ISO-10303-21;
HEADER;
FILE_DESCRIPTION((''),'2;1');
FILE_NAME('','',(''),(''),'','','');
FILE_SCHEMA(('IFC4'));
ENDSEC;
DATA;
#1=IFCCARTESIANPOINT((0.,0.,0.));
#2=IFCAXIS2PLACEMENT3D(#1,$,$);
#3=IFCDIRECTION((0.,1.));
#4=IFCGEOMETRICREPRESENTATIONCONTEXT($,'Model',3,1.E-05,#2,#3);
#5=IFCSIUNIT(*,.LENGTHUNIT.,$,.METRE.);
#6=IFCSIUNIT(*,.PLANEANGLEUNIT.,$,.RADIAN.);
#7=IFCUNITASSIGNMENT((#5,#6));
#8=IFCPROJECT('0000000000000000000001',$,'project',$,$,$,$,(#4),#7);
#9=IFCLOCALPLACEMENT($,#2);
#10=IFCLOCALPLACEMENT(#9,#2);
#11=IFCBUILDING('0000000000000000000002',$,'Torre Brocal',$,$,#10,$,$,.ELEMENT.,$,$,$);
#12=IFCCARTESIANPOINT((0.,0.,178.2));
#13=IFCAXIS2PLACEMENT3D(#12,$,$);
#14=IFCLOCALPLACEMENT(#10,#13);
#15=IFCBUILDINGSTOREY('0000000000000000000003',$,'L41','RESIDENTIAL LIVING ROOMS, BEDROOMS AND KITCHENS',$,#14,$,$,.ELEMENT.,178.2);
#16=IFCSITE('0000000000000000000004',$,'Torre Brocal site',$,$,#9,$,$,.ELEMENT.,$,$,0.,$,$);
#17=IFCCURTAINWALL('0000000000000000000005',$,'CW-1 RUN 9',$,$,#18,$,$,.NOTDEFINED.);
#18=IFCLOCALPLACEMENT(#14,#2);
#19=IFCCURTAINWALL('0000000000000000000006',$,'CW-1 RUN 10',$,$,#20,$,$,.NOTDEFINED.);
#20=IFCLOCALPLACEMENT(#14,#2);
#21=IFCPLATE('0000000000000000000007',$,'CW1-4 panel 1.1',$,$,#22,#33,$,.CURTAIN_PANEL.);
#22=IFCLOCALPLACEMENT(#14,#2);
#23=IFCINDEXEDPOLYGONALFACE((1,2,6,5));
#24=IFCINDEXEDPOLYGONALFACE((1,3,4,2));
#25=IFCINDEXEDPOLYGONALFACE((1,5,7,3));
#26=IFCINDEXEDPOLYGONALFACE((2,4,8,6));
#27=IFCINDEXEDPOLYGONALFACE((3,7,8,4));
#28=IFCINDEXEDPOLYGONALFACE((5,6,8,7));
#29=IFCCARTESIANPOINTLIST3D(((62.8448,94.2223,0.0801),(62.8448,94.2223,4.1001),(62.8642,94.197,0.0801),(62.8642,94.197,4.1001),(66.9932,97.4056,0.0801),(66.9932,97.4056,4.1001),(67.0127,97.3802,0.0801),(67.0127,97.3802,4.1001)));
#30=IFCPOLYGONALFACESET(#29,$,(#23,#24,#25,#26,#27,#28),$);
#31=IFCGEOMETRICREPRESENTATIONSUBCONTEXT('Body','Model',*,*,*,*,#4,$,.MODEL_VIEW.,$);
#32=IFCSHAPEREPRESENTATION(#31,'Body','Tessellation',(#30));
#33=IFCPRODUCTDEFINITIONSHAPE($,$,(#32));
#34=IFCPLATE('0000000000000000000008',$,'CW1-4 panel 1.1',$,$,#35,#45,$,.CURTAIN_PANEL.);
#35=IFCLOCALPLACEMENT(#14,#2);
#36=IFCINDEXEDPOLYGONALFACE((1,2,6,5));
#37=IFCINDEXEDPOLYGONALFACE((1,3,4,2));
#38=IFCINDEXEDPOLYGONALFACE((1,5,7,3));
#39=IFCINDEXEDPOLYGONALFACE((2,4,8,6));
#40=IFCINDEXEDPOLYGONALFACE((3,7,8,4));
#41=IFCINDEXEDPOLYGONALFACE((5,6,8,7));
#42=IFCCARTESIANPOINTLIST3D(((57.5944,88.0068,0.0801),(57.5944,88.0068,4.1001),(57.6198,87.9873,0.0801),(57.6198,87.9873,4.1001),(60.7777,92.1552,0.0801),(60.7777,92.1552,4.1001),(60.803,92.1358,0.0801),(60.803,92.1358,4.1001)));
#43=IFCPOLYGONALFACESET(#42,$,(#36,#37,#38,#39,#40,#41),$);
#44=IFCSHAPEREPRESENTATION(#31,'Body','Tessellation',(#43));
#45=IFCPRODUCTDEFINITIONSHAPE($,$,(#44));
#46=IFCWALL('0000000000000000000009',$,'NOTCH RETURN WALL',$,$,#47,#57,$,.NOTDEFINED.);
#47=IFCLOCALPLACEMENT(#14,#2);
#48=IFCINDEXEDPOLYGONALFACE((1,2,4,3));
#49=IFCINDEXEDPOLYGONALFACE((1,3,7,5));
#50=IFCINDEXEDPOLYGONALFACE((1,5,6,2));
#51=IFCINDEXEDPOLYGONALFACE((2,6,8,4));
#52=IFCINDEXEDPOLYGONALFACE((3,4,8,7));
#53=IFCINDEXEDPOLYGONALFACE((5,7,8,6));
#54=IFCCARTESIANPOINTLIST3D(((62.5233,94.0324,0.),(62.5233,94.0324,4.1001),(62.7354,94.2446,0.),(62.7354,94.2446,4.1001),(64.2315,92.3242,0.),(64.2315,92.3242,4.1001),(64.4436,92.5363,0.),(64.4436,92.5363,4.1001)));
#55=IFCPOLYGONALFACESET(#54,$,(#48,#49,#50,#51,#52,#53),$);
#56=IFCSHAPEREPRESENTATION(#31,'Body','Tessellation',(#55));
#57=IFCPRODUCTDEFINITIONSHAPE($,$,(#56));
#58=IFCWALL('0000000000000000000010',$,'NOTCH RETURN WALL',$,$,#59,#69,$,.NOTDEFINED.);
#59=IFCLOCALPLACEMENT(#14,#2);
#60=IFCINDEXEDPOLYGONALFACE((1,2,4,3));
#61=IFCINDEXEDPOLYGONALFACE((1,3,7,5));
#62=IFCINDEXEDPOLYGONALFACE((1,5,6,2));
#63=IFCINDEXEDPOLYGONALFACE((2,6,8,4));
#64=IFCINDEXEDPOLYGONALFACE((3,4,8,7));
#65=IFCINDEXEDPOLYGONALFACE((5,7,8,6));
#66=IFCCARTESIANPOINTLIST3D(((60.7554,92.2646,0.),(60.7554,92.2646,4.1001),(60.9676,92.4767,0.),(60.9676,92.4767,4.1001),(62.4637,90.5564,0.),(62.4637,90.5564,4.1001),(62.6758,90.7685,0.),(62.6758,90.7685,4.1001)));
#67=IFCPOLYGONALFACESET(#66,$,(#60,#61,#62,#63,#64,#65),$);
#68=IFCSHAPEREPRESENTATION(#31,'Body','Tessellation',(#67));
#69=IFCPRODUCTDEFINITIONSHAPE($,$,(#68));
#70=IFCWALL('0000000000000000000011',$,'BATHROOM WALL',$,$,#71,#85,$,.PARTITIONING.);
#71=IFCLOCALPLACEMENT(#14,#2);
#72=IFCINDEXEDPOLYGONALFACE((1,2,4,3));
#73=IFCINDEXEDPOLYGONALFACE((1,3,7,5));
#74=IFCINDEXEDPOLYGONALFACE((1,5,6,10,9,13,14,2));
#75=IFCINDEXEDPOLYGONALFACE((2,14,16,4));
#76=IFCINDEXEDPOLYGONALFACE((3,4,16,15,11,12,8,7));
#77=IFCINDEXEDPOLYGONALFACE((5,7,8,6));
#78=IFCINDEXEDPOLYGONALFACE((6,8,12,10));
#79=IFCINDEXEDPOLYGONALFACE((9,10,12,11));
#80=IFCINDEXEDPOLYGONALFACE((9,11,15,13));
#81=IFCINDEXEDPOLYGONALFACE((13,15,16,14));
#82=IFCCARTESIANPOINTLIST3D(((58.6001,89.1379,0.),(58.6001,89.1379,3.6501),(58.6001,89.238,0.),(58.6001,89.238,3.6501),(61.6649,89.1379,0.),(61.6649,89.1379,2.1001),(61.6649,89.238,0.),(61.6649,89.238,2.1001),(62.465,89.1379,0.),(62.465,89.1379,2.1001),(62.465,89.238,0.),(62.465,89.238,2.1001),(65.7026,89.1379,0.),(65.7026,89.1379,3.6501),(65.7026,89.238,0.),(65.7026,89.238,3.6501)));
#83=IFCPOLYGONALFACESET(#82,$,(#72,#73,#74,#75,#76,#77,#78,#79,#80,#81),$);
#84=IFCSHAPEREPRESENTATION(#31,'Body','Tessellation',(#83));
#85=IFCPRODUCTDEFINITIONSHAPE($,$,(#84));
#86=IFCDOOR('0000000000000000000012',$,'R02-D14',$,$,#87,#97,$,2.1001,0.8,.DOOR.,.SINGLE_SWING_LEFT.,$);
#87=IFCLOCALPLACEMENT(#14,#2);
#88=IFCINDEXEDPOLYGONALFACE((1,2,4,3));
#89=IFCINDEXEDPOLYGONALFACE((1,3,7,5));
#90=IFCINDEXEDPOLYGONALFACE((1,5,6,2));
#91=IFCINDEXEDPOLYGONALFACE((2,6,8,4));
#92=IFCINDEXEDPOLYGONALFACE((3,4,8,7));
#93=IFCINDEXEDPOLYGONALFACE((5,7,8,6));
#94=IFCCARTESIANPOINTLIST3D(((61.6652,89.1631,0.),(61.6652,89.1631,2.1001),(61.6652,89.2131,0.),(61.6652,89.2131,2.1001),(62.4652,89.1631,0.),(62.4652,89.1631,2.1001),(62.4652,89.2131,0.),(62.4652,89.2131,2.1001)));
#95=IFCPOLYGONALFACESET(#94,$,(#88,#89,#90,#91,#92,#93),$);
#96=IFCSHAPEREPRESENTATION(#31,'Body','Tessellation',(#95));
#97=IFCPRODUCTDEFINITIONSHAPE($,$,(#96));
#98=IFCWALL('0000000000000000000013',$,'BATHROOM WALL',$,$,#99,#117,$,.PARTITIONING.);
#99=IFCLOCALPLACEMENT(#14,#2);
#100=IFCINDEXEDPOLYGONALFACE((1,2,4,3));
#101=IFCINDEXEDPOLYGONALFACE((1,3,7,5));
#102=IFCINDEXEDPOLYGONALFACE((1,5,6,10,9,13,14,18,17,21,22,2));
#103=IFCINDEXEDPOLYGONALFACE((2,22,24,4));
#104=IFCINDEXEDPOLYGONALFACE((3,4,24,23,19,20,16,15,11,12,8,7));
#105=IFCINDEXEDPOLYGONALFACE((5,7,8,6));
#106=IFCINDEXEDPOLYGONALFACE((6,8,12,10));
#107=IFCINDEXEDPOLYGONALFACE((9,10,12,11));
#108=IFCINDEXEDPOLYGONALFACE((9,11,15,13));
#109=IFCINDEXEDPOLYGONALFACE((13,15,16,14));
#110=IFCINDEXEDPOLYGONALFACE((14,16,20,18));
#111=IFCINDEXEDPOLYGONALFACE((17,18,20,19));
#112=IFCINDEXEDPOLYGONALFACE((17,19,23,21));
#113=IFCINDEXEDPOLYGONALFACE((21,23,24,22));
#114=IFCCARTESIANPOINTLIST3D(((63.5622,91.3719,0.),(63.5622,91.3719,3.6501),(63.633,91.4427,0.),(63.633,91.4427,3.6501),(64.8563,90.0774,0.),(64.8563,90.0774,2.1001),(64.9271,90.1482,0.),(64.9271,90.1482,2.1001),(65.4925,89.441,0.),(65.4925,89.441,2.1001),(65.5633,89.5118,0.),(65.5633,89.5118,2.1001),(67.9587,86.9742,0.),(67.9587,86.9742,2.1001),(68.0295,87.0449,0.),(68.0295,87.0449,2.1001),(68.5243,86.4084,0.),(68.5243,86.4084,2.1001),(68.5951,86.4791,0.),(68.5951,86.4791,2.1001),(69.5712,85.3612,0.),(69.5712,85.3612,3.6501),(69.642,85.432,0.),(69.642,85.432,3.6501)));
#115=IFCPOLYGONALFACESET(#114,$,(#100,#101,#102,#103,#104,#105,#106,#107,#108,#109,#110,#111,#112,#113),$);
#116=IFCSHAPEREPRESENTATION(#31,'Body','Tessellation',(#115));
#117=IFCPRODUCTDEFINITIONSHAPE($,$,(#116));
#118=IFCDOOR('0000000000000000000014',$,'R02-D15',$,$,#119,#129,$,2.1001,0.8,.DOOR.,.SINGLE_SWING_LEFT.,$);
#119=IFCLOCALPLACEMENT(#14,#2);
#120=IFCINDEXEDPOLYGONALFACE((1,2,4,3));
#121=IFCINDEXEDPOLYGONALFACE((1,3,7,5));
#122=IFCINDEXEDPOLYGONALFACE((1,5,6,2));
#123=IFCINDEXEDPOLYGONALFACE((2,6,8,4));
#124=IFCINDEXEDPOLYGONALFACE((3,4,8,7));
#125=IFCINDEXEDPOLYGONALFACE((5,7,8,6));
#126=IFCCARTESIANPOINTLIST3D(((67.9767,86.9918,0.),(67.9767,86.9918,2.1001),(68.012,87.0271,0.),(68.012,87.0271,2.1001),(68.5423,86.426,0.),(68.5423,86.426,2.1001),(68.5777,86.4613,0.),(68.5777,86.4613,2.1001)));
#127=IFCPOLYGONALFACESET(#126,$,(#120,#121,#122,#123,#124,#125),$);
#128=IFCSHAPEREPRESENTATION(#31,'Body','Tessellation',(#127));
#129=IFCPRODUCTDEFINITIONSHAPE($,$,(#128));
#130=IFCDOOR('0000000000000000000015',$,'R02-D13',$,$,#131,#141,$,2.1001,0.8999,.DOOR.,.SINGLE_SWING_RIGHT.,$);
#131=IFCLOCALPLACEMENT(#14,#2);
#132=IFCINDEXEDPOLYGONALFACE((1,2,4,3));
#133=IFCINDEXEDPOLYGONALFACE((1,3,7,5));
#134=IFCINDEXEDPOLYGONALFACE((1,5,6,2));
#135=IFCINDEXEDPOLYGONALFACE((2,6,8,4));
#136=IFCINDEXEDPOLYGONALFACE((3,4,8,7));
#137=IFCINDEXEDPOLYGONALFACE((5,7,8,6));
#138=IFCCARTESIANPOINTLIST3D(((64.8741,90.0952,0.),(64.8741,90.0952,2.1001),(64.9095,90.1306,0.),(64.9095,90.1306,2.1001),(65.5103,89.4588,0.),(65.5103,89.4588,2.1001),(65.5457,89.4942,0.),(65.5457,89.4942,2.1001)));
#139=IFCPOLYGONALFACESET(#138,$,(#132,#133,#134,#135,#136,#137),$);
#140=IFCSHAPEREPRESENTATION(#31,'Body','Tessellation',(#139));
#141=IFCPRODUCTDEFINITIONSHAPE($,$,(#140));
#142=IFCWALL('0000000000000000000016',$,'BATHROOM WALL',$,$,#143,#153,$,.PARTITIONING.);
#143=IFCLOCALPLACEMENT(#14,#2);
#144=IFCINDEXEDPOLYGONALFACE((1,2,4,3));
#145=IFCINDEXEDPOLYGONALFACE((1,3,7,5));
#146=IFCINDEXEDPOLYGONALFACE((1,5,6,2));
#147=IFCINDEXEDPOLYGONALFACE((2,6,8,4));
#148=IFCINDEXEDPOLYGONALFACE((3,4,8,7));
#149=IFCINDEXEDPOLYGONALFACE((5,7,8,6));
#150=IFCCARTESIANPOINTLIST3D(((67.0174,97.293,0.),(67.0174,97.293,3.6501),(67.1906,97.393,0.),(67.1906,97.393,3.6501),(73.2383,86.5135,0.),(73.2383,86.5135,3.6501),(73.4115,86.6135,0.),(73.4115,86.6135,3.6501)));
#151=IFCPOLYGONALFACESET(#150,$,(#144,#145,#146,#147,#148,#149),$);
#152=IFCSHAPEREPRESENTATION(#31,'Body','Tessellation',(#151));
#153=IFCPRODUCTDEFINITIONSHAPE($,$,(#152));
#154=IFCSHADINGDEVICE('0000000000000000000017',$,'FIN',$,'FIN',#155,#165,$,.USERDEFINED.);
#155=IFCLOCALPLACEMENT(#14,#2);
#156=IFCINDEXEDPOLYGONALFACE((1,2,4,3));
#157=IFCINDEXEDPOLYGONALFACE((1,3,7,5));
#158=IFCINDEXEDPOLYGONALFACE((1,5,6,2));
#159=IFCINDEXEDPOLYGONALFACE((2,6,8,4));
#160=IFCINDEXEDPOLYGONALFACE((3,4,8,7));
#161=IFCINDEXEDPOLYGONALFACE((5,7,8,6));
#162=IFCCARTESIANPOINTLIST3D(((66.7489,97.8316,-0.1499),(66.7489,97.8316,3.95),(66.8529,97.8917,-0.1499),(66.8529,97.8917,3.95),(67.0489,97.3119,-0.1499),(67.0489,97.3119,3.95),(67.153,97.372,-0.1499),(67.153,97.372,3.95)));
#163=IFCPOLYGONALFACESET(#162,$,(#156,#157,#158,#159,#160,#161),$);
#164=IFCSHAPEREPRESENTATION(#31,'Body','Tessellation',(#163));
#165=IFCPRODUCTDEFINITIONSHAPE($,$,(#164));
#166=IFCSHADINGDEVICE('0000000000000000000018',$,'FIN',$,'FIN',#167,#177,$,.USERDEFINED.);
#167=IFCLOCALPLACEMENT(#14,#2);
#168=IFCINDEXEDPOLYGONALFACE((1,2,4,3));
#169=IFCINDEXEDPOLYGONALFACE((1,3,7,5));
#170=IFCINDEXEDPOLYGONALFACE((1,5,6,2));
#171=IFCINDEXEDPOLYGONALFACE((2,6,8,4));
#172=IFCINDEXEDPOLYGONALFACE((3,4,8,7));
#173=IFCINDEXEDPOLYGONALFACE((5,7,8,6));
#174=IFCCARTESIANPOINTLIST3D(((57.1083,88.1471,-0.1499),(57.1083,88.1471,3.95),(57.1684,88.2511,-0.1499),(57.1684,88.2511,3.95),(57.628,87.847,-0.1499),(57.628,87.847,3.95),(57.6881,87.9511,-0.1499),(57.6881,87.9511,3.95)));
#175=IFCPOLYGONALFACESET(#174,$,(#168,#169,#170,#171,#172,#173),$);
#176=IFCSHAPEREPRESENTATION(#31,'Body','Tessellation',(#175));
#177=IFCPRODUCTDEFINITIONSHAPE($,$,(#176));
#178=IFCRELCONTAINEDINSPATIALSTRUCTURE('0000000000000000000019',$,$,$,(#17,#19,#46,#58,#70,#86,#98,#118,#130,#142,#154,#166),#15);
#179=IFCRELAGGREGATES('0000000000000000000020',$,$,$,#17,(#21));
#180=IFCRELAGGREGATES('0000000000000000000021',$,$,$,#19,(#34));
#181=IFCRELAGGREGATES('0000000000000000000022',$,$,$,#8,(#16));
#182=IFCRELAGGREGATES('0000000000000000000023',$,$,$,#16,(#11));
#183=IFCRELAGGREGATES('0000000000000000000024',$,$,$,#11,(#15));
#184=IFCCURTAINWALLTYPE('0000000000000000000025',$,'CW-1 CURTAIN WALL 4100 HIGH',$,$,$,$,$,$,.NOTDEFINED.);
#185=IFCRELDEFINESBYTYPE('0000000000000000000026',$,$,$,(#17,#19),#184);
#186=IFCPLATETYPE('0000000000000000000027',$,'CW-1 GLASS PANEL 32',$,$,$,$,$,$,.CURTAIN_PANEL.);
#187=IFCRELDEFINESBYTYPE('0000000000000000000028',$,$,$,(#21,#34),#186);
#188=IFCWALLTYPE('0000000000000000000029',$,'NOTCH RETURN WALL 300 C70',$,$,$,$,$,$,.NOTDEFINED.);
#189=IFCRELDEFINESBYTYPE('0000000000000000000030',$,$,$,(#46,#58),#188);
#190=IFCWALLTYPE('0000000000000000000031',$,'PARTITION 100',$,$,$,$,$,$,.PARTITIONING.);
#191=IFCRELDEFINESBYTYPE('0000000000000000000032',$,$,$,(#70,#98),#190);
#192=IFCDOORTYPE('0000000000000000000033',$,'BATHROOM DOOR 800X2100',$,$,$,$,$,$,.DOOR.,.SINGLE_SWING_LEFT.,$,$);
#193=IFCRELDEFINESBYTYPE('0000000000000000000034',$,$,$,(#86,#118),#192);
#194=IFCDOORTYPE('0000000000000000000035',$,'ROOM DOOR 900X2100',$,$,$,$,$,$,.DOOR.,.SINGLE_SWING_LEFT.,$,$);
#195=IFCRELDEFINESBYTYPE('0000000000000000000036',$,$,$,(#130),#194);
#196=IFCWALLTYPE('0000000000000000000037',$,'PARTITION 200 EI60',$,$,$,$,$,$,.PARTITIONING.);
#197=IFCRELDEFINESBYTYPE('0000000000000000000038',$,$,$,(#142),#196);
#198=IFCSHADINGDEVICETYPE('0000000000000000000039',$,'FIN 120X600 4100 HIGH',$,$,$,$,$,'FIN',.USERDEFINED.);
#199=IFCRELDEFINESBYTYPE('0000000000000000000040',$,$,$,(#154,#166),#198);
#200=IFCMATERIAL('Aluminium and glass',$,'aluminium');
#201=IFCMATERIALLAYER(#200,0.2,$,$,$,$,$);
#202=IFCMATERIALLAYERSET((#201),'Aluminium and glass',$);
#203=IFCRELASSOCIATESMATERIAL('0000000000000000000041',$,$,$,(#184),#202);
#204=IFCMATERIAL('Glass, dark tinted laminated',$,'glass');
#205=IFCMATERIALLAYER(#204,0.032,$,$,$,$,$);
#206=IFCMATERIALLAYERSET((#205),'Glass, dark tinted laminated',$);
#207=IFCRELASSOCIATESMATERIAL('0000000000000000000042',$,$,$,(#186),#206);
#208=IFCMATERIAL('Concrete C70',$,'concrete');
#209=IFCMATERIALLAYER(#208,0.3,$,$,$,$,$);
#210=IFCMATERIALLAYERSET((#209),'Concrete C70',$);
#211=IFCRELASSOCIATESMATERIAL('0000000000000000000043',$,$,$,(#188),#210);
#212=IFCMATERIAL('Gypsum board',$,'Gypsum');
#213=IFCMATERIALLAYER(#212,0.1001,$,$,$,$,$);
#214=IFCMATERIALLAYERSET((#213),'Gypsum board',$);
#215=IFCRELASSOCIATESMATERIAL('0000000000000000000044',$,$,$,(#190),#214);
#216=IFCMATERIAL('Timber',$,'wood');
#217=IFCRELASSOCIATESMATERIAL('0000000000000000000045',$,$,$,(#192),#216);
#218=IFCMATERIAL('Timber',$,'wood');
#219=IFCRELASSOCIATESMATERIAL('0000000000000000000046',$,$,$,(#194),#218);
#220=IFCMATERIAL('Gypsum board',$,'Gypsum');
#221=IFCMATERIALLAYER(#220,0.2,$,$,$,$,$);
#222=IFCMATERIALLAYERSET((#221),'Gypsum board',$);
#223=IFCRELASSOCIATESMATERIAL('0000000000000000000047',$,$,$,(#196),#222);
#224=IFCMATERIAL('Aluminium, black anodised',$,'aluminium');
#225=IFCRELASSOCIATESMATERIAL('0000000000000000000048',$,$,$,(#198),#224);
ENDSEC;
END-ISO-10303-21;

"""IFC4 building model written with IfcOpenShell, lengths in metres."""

from ifc_helpers import new_model, si_unit, direction, frame, frame_2d, origin, origin_2d, place, context, subcontext, project, spatial, rectangle, extrude, material, layer, layer_set, material_profile, profile_set, type_object, element, fill, aggregate, save


model = new_model("IFC4")

# Units and contexts
model_context = context("Model", 3, precision=1e-05, world=origin(), true_north=direction((0.0, 1.0)))
body_context = subcontext(model_context, "Body", "Model", "MODEL_VIEW")
ifc_project = project(units=[si_unit("LENGTHUNIT", "METRE"), si_unit("PLANEANGLEUNIT", "RADIAN")], contexts=[model_context])

# Site, building, storey
site_placement = place(None, origin())
site = spatial("IfcSite", under=ifc_project, at=site_placement, Name="Torre Brocal site", CompositionType="ELEMENT", RefElevation=0.0)
building_placement = place(site_placement, origin())
building = spatial("IfcBuilding", under=site, at=building_placement, Name="Torre Brocal", CompositionType="ELEMENT")
storey_placement = place(building_placement, frame((0.0, 0.0, 178.2)))
storey = spatial("IfcBuildingStorey", under=building, at=storey_placement, Name="L41", Description="RESIDENTIAL LIVING ROOMS, BEDROOMS AND KITCHENS", CompositionType="ELEMENT", Elevation=178.2)

# Shared definitions
ifc_material_1 = material(Name="Aluminium and glass", Category="aluminium")
ifc_layer_1 = layer(ifc_material_1, 0.2)
ifc_layer_set_1 = layer_set([ifc_layer_1], Name="Aluminium and glass")
curtain_wall_type = type_object("IfcCurtainWallType", Name="CW-1 CURTAIN WALL 4100 HIGH", PredefinedType="NOTDEFINED", material=ifc_layer_set_1)

# Curtain walls
curtain_wall_1_placement = place(storey_placement, origin())
curtain_wall_1 = element("IfcCurtainWall", 1, at=curtain_wall_1_placement, inside=storey, type_object=curtain_wall_type, Name="CW-1 RUN 9", PredefinedType="NOTDEFINED")
curtain_wall_2_placement = place(storey_placement, origin())
curtain_wall_2 = element("IfcCurtainWall", 2, at=curtain_wall_2_placement, inside=storey, type_object=curtain_wall_type, Name="CW-1 RUN 10", PredefinedType="NOTDEFINED")

# Plates
ifc_material_2 = material(Name="Glass, dark tinted laminated", Category="glass")
ifc_layer_2 = layer(ifc_material_2, 0.032)
ifc_layer_set_2 = layer_set([ifc_layer_2], Name="Glass, dark tinted laminated")
plate_type = type_object("IfcPlateType", Name="CW-1 GLASS PANEL 32", PredefinedType="CURTAIN_PANEL", material=ifc_layer_set_2)
plate_1_placement = place(storey_placement, frame((64.9287, 95.8013, 0.0801), z_axis=(0.0, 0.0, 1.0), x_axis=(-0.793353, -0.608761, 0.0)))
plate_1 = element("IfcPlate", 3, at=plate_1_placement, type_object=plate_type, Name="CW1-4 panel 1.1", PredefinedType="CURTAIN_PANEL", context=body_context, shape_type="SweptSolid", body=[
    extrude(rectangle(XDim=5.229, YDim=0.032, at=origin_2d()), origin(), (0.0, 0.0, 1.0), 4.02),
])
aggregate(curtain_wall_1, [plate_1])
plate_2_placement = place(storey_placement, frame((59.1987, 90.0713, 0.0801), z_axis=(0.0, 0.0, 1.0), x_axis=(-0.608761, -0.793353, 0.0)))
plate_2 = element("IfcPlate", 4, at=plate_2_placement, type_object=plate_type, Name="CW1-4 panel 1.1", PredefinedType="CURTAIN_PANEL", context=body_context, shape_type="SweptSolid", body=[
    extrude(rectangle(XDim=5.229, YDim=0.032, at=origin_2d()), origin(), (0.0, 0.0, 1.0), 4.02),
])
aggregate(curtain_wall_2, [plate_2])

# Walls
ifc_material_3 = material(Name="Concrete C70", Category="concrete")
ifc_layer_3 = layer(ifc_material_3, 0.3)
ifc_layer_set_3 = layer_set([ifc_layer_3], Name="Concrete C70")
wall_type_1 = type_object("IfcWallType", Name="NOTCH RETURN WALL 300 C70", PredefinedType="NOTDEFINED", material=ifc_layer_set_3)
for number, where, z_axis, x_axis, name in (
    (5, (64.3376, 92.4302, 0.0), (0.0, 0.0, 1.0), (-0.707107, 0.707107, 0.0), "NOTCH RETURN WALL"),
    (6, (62.5698, 90.6624, 0.0), (0.0, 0.0, 1.0), (-0.707107, 0.707107, 0.0), "NOTCH RETURN WALL"),
):
    element("IfcWall", number, at=place(storey_placement, frame(where, z_axis=z_axis, x_axis=x_axis)), inside=storey, type_object=wall_type_1, Name=name, PredefinedType="NOTDEFINED", context=body_context, shape_type="SweptSolid", body=[
        extrude(rectangle(XDim=2.4158, YDim=0.3, at=frame_2d((1.208, 0.0))), origin(), (0.0, 0.0, 1.0), 4.1001),
    ])

# Wall, opening, door
ifc_material_4 = material(Name="Gypsum board", Category="Gypsum")
ifc_layer_4 = layer(ifc_material_4, 0.1001)
ifc_layer_set_4 = layer_set([ifc_layer_4], Name="Gypsum board")
wall_type_2 = type_object("IfcWallType", Name="PARTITION 100", PredefinedType="PARTITIONING", material=ifc_layer_set_4)
wall_1_placement = place(storey_placement, frame((58.6001, 89.188, 0.0), z_axis=(0.0, 0.0, 1.0), x_axis=(1.0, 0.0, 0.0)))
wall_1 = element("IfcWall", 7, at=wall_1_placement, inside=storey, type_object=wall_type_2, Name="BATHROOM WALL", PredefinedType="PARTITIONING", context=body_context, shape_type="SweptSolid", body=[
    extrude(rectangle(XDim=7.1025, YDim=0.1001, at=frame_2d((3.5513, 0.0))), origin(), (0.0, 0.0, 1.0), 3.6501),
])
opening_1_placement = place(wall_1_placement, frame((3.0649, 0.0, 0.0)))
opening_1 = element("IfcOpeningElement", 8, at=opening_1_placement, cuts=wall_1, PredefinedType="OPENING", context=body_context, shape_type="SweptSolid", body=[
    extrude(rectangle(XDim=0.8, YDim=2.1001, at=frame_2d((0.3999, 1.05))), frame((0.0, 0.0601, 0.0), z_axis=(0.0, -1.0, 0.0), x_axis=(1.0, 0.0, 0.0)), (0.0, 0.0, 1.0), 0.1201),
])
ifc_material_5 = material(Name="Timber", Category="wood")
door_type_1 = type_object("IfcDoorType", Name="BATHROOM DOOR 800X2100", OperationType="SINGLE_SWING_LEFT", PredefinedType="DOOR", material=ifc_material_5)
door_1_placement = place(opening_1_placement, frame((0.8, 0.0, 0.0), z_axis=(0.0, 0.0, 1.0), x_axis=(-1.0, 0.0, 0.0)))
door_1 = element("IfcDoor", 9, at=door_1_placement, inside=storey, type_object=door_type_1, Name="R02-D14", OperationType="SINGLE_SWING_LEFT", OverallHeight=2.1001, OverallWidth=0.8, PredefinedType="DOOR", context=body_context, shape_type="SweptSolid", body=[
    extrude(rectangle(XDim=0.8, YDim=2.1001, at=frame_2d((0.3999, 1.05))), frame((0.0, 0.0249, 0.0), z_axis=(0.0, -1.0, 0.0), x_axis=(1.0, 0.0, 0.0)), (0.0, 0.0, 1.0), 0.05),
])
fill(opening_1, door_1)

# Wall, openings, doors
wall_2_placement = place(storey_placement, frame((63.5977, 91.4072, 0.0), z_axis=(0.0, 0.0, 1.0), x_axis=(0.707006, -0.707207, 0.0)))
wall_2 = element("IfcWall", 10, at=wall_2_placement, inside=storey, type_object=wall_type_2, Name="BATHROOM WALL", PredefinedType="PARTITIONING", context=body_context, shape_type="SweptSolid", body=[
    extrude(rectangle(XDim=8.4993, YDim=0.1001, at=frame_2d((4.2495, 0.0))), origin(), (0.0, 0.0, 1.0), 3.6501),
])
opening_2_placement = place(wall_2_placement, frame((1.8303, 0.0, 0.0)))
opening_2 = element("IfcOpeningElement", 11, at=opening_2_placement, cuts=wall_2, PredefinedType="OPENING", context=body_context, shape_type="SweptSolid", body=[
    extrude(rectangle(XDim=0.8999, YDim=2.1001, at=frame_2d((0.45, 1.05))), frame((0.0, 0.0601, 0.0), z_axis=(0.0, -1.0, 0.0), x_axis=(1.0, 0.0, 0.0)), (0.0, 0.0, 1.0), 0.1201),
])
opening_3_placement = place(wall_2_placement, frame((6.2185, 0.0, 0.0)))
opening_3 = element("IfcOpeningElement", 12, at=opening_3_placement, cuts=wall_2, PredefinedType="OPENING", context=body_context, shape_type="SweptSolid", body=[
    extrude(rectangle(XDim=0.8, YDim=2.1001, at=frame_2d((0.3999, 1.05))), frame((0.0, 0.0601, 0.0), z_axis=(0.0, -1.0, 0.0), x_axis=(1.0, 0.0, 0.0)), (0.0, 0.0, 1.0), 0.1201),
])
door_2_placement = place(opening_3_placement, frame((0.8, 0.0, 0.0), z_axis=(0.0, 0.0, 1.0), x_axis=(-1.0, 0.0, 0.0)))
door_2 = element("IfcDoor", 13, at=door_2_placement, inside=storey, type_object=door_type_1, Name="R02-D15", OperationType="SINGLE_SWING_LEFT", OverallHeight=2.1001, OverallWidth=0.8, PredefinedType="DOOR", context=body_context, shape_type="SweptSolid", body=[
    extrude(rectangle(XDim=0.8, YDim=2.1001, at=frame_2d((0.3999, 1.05))), frame((0.0, 0.0249, 0.0), z_axis=(0.0, -1.0, 0.0), x_axis=(1.0, 0.0, 0.0)), (0.0, 0.0, 1.0), 0.05),
])
fill(opening_3, door_2)
ifc_material_6 = material(Name="Timber", Category="wood")
door_type_2 = type_object("IfcDoorType", Name="ROOM DOOR 900X2100", OperationType="SINGLE_SWING_LEFT", PredefinedType="DOOR", material=ifc_material_6)
door_3_placement = place(opening_2_placement, frame((0.8999, 0.0, 0.0), z_axis=(0.0, 0.0, 1.0), x_axis=(-1.0, 0.0, 0.0)))
door_3 = element("IfcDoor", 14, at=door_3_placement, inside=storey, type_object=door_type_2, Name="R02-D13", OperationType="SINGLE_SWING_RIGHT", OverallHeight=2.1001, OverallWidth=0.8999, PredefinedType="DOOR", context=body_context, shape_type="SweptSolid", body=[
    extrude(rectangle(XDim=0.8999, YDim=2.1001, at=frame_2d((0.45, 1.05))), frame((0.0, 0.0249, 0.0), z_axis=(0.0, -1.0, 0.0), x_axis=(1.0, 0.0, 0.0)), (0.0, 0.0, 1.0), 0.05),
])
fill(opening_2, door_3)

# Wall
ifc_material_7 = material(Name="Gypsum board", Category="Gypsum")
ifc_layer_5 = layer(ifc_material_7, 0.2)
ifc_layer_set_5 = layer_set([ifc_layer_5], Name="Gypsum board")
wall_type_3 = type_object("IfcWallType", Name="PARTITION 200 EI60", PredefinedType="PARTITIONING", material=ifc_layer_set_5)
wall_3_placement = place(storey_placement, frame((67.104, 97.343, 0.0), z_axis=(0.0, 0.0, 1.0), x_axis=(0.499842, -0.866117, 0.0)))
element("IfcWall", 15, at=wall_3_placement, inside=storey, type_object=wall_type_3, Name="BATHROOM WALL", PredefinedType="PARTITIONING", context=body_context, shape_type="SweptSolid", body=[
    extrude(rectangle(XDim=12.4458, YDim=0.2, at=frame_2d((6.2229, 0.0))), origin(), (0.0, 0.0, 1.0), 3.6501),
])

# Shading devices
ifc_material_8 = material(Name="Aluminium, black anodised", Category="aluminium")
ifc_material_profile_1 = material_profile(ifc_material_8, rectangle(XDim=0.1201, YDim=0.6001, at=origin_2d()), Name="FIN 120X600 4100 HIGH")
ifc_profile_set_1 = profile_set([ifc_material_profile_1], Name="Aluminium, black anodised")
shading_device_type = type_object("IfcShadingDeviceType", Name="FIN 120X600 4100 HIGH", ElementType="FIN", PredefinedType="USERDEFINED", material=ifc_profile_set_1)
for number, where, z_axis, x_axis, name in (
    (16, (66.9509, 97.6018, -0.1499), (0.0, 0.0, 1.0), (-0.866025, -0.5, 0.0), "FIN"),
    (17, (57.3982, 88.0491, -0.1499), (0.0, 0.0, 1.0), (-0.5, -0.866025, 0.0), "FIN"),
):
    element("IfcShadingDevice", number, at=place(storey_placement, frame(where, z_axis=z_axis, x_axis=x_axis)), inside=storey, type_object=shading_device_type, Name=name, ObjectType="FIN", PredefinedType="USERDEFINED", context=body_context, shape_type="SweptSolid", body=[
        extrude(rectangle(XDim=0.1201, YDim=0.6001, at=origin_2d()), origin(), (0.0, 0.0, 1.0), 4.0999),
    ])

save(model, "model.ifc")
